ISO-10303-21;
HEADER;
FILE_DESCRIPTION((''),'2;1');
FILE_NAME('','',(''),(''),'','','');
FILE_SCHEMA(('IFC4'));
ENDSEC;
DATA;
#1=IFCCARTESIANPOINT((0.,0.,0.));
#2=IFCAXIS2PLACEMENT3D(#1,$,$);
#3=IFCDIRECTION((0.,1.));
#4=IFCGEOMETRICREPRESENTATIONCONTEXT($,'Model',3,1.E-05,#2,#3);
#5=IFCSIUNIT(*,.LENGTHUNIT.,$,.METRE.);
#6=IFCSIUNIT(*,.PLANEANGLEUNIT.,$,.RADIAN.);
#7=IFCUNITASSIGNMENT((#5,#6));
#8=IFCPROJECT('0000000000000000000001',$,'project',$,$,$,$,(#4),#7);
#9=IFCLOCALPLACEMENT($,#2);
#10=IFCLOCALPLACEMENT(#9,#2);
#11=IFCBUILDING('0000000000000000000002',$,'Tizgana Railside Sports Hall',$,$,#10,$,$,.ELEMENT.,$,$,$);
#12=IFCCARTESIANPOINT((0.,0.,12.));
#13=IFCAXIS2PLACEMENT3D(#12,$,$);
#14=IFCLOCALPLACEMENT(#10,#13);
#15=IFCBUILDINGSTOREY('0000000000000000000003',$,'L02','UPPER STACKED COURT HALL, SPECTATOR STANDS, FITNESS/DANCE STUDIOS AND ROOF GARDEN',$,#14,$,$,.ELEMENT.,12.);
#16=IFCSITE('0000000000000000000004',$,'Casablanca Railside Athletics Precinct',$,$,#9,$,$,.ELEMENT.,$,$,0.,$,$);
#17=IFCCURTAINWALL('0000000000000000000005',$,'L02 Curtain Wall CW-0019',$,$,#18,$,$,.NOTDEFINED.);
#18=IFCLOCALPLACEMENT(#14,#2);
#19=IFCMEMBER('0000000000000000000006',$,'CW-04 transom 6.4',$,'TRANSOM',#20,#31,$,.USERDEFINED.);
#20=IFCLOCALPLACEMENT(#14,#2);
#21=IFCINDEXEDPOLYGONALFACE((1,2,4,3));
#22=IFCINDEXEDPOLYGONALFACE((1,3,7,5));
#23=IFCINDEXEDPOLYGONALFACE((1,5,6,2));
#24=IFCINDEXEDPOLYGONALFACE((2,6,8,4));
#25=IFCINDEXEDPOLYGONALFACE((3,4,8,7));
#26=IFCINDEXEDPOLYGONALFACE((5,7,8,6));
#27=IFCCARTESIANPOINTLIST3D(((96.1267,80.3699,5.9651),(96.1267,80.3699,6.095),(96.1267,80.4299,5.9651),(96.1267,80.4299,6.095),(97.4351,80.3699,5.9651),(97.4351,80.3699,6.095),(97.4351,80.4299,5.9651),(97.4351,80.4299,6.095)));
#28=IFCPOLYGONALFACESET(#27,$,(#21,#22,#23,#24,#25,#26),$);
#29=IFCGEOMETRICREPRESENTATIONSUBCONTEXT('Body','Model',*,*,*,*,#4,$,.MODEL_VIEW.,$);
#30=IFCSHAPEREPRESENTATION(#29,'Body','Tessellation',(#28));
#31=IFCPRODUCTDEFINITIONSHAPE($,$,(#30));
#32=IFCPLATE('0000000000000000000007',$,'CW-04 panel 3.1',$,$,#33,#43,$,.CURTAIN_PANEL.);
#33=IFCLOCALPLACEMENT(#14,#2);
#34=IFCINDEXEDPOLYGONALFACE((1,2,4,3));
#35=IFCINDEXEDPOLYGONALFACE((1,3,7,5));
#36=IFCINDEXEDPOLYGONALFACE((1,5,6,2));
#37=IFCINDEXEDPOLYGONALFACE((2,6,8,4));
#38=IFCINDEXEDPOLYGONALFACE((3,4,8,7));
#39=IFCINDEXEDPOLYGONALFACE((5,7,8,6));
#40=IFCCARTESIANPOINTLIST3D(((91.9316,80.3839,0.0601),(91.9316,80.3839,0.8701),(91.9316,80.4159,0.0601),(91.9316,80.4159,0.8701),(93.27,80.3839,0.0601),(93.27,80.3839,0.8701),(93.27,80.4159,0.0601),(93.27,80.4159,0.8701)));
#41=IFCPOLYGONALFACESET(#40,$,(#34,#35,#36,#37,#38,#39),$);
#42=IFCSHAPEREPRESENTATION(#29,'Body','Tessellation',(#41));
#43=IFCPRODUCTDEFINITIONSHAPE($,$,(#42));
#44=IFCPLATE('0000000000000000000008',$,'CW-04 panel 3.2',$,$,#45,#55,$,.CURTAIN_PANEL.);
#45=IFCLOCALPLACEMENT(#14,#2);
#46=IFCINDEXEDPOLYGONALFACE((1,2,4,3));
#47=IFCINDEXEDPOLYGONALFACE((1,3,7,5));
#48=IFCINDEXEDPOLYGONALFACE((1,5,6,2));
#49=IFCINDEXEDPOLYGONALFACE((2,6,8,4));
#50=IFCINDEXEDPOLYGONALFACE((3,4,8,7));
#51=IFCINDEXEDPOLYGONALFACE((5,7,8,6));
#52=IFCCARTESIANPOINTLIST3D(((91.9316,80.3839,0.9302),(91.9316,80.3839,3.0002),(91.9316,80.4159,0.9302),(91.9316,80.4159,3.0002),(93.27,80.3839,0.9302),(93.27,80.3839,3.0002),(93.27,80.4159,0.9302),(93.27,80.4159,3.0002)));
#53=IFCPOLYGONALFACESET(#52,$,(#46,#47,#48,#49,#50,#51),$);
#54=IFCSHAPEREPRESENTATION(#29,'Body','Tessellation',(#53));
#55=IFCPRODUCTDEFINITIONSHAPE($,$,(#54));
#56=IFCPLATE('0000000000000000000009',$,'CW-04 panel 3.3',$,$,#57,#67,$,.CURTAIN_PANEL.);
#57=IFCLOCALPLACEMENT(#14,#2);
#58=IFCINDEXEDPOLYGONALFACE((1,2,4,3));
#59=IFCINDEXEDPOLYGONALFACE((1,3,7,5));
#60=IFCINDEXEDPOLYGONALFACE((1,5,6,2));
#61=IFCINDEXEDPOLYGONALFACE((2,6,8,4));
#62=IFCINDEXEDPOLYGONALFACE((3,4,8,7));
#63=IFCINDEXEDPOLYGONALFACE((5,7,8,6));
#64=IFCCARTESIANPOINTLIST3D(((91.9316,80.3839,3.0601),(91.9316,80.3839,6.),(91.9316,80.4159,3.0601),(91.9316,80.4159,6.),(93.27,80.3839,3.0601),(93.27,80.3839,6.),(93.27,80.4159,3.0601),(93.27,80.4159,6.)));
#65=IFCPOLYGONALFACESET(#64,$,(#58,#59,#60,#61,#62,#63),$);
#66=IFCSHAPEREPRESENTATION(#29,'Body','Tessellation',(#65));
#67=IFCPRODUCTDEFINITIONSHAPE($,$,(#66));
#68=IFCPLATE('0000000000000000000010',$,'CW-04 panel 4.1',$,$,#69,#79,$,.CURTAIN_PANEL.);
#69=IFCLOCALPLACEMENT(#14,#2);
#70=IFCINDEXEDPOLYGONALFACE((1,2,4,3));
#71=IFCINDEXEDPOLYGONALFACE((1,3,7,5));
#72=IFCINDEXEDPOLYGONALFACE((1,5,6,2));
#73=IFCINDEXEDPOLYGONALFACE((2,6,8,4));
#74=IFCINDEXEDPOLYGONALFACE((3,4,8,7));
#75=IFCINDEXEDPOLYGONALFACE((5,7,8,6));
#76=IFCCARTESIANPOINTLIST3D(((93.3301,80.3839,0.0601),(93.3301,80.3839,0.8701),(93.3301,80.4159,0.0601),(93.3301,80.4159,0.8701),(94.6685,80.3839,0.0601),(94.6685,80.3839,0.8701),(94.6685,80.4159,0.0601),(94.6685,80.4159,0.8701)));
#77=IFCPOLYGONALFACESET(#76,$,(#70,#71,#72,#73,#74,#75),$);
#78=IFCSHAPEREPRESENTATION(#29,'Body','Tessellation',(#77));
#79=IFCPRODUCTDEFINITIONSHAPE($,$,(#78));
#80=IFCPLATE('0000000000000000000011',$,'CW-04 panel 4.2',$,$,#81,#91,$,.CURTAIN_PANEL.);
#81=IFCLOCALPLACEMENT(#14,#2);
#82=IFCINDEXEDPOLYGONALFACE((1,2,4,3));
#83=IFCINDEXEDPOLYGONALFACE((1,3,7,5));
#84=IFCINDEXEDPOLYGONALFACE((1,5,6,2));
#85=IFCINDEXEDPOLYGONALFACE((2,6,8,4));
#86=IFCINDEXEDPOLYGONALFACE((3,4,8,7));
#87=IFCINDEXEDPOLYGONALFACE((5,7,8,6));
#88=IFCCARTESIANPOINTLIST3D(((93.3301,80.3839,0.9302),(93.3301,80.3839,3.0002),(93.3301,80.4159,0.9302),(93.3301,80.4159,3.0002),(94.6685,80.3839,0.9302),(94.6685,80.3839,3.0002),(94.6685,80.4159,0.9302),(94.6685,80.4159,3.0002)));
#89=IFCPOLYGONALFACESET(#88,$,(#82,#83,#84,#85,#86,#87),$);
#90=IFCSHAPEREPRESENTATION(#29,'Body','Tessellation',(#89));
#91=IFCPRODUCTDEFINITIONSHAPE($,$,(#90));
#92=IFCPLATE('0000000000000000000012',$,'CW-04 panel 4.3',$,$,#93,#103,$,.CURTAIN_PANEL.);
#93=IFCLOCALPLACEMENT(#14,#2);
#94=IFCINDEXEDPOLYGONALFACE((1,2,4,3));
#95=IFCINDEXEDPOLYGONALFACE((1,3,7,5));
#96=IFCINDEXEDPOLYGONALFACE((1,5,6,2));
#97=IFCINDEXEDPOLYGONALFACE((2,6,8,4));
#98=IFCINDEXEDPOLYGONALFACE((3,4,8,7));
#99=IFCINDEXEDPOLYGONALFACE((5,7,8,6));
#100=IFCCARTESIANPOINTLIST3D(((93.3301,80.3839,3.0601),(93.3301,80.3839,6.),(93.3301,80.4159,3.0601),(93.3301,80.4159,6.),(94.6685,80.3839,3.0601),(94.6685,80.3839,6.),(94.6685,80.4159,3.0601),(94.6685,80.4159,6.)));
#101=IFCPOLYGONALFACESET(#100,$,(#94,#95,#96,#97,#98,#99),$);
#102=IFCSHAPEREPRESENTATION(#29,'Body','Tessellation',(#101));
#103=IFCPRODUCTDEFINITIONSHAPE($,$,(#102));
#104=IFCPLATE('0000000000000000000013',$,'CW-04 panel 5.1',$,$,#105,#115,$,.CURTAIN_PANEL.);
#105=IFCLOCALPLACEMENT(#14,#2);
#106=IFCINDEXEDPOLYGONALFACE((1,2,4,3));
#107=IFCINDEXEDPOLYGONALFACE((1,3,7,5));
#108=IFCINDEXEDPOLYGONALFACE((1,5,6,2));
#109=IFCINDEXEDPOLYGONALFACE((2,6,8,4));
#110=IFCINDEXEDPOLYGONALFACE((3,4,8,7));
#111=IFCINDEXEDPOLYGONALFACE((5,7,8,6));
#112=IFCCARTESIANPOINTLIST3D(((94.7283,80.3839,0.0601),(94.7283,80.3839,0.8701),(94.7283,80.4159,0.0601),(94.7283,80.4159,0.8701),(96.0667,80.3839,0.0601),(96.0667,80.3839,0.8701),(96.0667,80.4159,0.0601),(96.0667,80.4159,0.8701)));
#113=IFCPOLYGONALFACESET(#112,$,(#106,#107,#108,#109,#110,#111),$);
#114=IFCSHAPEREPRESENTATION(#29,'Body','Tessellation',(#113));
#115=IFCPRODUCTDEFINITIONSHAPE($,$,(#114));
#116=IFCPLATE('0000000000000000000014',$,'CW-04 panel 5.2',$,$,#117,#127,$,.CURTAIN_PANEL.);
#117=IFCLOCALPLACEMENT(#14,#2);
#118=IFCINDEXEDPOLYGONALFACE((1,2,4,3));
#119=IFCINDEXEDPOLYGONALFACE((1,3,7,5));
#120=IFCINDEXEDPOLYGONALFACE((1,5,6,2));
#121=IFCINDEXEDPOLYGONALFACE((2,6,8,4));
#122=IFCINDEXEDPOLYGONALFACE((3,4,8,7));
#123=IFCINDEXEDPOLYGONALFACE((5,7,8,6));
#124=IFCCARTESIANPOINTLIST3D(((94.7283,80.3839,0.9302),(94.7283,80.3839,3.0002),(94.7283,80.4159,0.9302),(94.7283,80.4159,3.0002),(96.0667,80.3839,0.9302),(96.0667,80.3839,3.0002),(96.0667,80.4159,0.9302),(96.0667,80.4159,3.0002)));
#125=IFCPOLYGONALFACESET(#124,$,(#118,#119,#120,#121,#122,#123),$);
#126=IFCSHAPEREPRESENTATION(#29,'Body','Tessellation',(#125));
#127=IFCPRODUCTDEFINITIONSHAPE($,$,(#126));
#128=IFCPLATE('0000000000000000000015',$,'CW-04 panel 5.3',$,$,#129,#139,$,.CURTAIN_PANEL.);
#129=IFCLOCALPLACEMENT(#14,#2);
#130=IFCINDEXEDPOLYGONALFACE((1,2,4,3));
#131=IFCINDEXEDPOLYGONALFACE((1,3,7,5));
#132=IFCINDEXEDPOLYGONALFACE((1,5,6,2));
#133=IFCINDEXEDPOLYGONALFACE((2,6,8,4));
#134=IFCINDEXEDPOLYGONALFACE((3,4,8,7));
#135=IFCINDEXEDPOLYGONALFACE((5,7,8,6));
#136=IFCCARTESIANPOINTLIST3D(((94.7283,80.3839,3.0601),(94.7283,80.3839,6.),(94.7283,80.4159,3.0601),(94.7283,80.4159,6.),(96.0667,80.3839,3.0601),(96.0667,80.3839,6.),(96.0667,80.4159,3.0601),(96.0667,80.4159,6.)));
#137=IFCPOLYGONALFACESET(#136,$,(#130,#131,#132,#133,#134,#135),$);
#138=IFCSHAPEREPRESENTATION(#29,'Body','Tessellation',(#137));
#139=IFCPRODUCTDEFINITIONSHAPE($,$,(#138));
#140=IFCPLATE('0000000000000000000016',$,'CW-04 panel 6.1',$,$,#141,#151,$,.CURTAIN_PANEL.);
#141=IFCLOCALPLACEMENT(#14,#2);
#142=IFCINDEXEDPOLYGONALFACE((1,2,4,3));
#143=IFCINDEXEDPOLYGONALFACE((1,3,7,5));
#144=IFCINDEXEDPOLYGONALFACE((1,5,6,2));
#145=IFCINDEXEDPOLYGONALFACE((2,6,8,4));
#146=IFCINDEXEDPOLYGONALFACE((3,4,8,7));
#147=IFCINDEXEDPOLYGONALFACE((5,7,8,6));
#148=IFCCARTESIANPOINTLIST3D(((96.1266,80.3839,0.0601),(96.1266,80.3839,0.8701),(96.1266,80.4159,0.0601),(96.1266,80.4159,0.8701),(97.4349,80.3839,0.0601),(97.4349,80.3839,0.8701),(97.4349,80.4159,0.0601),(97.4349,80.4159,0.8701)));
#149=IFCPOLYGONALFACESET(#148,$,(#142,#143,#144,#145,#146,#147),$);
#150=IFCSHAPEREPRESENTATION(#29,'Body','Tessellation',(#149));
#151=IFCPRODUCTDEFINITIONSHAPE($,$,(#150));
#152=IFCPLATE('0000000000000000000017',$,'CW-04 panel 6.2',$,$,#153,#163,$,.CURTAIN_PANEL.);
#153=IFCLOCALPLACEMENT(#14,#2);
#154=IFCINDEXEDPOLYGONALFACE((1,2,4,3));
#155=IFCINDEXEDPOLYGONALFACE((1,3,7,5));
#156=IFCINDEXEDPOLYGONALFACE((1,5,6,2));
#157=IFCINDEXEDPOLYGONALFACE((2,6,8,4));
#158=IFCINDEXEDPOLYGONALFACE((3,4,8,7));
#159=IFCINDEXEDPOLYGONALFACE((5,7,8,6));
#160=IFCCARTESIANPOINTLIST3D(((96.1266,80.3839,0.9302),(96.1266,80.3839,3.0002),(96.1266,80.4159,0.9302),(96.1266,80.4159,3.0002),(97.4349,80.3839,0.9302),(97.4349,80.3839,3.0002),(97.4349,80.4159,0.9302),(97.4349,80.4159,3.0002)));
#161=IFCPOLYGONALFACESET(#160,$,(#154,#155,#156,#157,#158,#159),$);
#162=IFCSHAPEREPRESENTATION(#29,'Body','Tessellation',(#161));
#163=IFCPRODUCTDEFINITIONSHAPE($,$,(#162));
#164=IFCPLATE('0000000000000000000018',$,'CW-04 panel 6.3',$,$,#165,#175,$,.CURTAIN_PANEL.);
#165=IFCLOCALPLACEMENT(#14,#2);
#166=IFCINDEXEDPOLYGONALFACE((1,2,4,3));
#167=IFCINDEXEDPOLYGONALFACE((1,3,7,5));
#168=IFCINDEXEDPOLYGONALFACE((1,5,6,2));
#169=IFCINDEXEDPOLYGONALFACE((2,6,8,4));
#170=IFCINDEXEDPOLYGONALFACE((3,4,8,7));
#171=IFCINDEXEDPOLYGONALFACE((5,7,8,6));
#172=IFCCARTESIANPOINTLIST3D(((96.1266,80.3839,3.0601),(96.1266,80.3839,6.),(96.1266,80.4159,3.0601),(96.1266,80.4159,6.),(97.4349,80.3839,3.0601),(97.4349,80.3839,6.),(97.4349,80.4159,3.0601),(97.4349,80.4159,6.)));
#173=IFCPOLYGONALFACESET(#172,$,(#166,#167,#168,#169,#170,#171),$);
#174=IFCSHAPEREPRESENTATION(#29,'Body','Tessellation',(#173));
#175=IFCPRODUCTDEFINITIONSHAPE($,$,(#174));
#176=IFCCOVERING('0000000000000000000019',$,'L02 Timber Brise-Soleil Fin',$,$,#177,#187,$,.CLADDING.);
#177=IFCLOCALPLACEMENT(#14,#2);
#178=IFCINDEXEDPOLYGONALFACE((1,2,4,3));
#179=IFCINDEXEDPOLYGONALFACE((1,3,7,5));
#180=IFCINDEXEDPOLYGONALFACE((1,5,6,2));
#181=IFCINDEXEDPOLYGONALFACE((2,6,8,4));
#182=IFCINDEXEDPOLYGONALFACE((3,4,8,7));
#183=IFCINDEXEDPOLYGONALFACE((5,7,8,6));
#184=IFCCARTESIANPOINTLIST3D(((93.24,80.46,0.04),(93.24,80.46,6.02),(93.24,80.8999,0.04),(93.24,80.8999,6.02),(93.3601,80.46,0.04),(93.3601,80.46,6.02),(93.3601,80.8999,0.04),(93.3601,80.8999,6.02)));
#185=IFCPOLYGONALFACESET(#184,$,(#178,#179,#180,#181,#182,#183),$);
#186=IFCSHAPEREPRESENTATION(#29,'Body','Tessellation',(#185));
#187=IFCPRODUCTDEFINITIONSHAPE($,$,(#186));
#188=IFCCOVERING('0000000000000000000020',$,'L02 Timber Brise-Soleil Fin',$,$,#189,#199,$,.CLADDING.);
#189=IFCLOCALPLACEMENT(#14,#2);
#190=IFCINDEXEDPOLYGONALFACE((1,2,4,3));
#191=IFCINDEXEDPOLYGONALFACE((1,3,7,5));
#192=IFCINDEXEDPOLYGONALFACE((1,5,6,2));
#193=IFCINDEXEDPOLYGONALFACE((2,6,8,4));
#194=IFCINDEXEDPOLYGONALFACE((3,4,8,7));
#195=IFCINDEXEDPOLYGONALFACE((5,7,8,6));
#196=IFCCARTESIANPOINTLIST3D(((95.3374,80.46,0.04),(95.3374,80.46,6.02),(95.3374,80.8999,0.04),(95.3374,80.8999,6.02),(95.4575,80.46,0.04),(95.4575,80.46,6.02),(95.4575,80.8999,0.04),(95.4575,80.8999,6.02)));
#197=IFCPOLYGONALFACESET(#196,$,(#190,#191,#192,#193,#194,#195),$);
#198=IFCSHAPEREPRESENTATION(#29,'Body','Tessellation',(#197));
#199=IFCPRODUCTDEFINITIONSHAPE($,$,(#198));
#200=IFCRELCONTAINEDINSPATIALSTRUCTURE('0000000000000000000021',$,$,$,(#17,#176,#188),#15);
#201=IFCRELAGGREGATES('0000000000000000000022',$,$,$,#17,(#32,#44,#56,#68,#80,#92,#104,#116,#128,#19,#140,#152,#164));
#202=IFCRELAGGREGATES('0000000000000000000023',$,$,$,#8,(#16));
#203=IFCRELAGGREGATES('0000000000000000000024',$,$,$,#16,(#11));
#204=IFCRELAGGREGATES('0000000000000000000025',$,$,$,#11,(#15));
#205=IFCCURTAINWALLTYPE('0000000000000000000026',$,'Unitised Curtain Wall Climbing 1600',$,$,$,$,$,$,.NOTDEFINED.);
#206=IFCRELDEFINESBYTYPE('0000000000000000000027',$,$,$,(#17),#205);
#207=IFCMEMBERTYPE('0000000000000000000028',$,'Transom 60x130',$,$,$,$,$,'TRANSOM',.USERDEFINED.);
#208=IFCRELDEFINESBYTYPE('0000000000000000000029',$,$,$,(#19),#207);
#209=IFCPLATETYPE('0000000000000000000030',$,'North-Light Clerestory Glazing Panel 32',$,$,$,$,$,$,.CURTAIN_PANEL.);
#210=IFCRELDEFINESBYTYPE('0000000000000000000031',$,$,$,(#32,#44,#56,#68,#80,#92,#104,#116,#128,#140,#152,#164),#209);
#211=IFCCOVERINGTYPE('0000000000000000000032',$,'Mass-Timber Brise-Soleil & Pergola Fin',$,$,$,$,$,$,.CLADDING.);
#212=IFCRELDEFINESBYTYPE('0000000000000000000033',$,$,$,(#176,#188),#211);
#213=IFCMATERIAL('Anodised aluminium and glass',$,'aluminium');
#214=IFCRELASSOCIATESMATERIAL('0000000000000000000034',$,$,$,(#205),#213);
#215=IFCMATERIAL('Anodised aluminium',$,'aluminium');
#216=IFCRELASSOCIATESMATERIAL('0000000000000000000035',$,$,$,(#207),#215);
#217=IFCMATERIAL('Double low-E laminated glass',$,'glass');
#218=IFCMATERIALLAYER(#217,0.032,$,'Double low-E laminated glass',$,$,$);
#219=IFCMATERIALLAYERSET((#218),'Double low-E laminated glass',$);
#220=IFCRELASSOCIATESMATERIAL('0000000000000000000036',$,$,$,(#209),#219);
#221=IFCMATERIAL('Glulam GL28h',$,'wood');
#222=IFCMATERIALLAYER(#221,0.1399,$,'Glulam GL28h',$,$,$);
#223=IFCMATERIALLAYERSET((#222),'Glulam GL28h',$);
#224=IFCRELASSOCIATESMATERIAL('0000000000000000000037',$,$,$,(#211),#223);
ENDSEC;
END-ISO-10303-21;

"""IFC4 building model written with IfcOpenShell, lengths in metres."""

from ifc_helpers import new_model, si_unit, direction, frame, origin, origin_2d, place, context, subcontext, project, spatial, rectangle, extrude, material, layer, layer_set, material_profile, profile_set, type_object, element, aggregate, save


model = new_model("IFC4")

# Units and contexts
model_context = context("Model", 3, precision=1e-05, world=origin(), true_north=direction((0.0, 1.0)))
body_context = subcontext(model_context, "Body", "Model", "MODEL_VIEW")
ifc_project = project(units=[si_unit("LENGTHUNIT", "METRE"), si_unit("PLANEANGLEUNIT", "RADIAN")], contexts=[model_context])

# Site, building, storey
site_placement = place(None, origin())
site = spatial("IfcSite", under=ifc_project, at=site_placement, Name="Casablanca Railside Athletics Precinct", CompositionType="ELEMENT", RefElevation=0.0)
building_placement = place(site_placement, origin())
building = spatial("IfcBuilding", under=site, at=building_placement, Name="Tizgana Railside Sports Hall", CompositionType="ELEMENT")
storey_placement = place(building_placement, frame((0.0, 0.0, 12.0)))
storey = spatial("IfcBuildingStorey", under=building, at=storey_placement, Name="L02", Description="UPPER STACKED COURT HALL, SPECTATOR STANDS, FITNESS/DANCE STUDIOS AND ROOF GARDEN", CompositionType="ELEMENT", Elevation=12.0)

# Curtain wall, member, plates
ifc_material_1 = material(Name="Anodised aluminium and glass", Category="aluminium")
curtain_wall_type = type_object("IfcCurtainWallType", Name="Unitised Curtain Wall Climbing 1600", PredefinedType="NOTDEFINED", material=ifc_material_1)
curtain_wall_placement = place(storey_placement, origin())
curtain_wall = element("IfcCurtainWall", 1, at=curtain_wall_placement, inside=storey, type_object=curtain_wall_type, Name="L02 Curtain Wall CW-0019", PredefinedType="NOTDEFINED")
ifc_material_2 = material(Name="Anodised aluminium", Category="aluminium")
ifc_material_profile_1 = material_profile(ifc_material_2, rectangle(XDim=0.0601, YDim=0.1299, at=origin_2d()), Name="Transom 60x130")
ifc_profile_set_1 = profile_set([ifc_material_profile_1], Name="Anodised aluminium")
member_type_1 = type_object("IfcMemberType", Name="Transom 60x130", ElementType="TRANSOM", PredefinedType="USERDEFINED", material=ifc_profile_set_1)
member_1_placement = place(storey_placement, frame((96.1267, 80.3999, 6.03), z_axis=(1.0, 0.0, 0.0), x_axis=(0.0, 1.0, 0.0)))
member_1 = element("IfcMember", 2, at=member_1_placement, type_object=member_type_1, Name="CW-04 transom 6.4", ObjectType="TRANSOM", PredefinedType="USERDEFINED", context=body_context, shape_type="SweptSolid", body=[
    extrude(rectangle(XDim=0.0601, YDim=0.1299, at=origin_2d()), origin(), (0.0, 0.0, 1.0), 1.3083),
])
ifc_material_3 = material(Name="Double low-E laminated glass", Category="glass")
ifc_layer_1 = layer(ifc_material_3, 0.032, Name="Double low-E laminated glass")
ifc_layer_set_1 = layer_set([ifc_layer_1], Name="Double low-E laminated glass")
plate_type = type_object("IfcPlateType", Name="North-Light Clerestory Glazing Panel 32", PredefinedType="CURTAIN_PANEL", material=ifc_layer_set_1)
plate_1_placement = place(storey_placement, frame((92.6008, 80.3999, 0.0601), z_axis=(0.0, 0.0, 1.0), x_axis=(1.0, 0.0, 0.0)))
plate_1 = element("IfcPlate", 3, at=plate_1_placement, type_object=plate_type, Name="CW-04 panel 3.1", PredefinedType="CURTAIN_PANEL", context=body_context, shape_type="SweptSolid", body=[
    extrude(rectangle(XDim=1.3384, YDim=0.032, at=origin_2d()), origin(), (0.0, 0.0, 1.0), 0.8101),
])
plate_2_placement = place(storey_placement, frame((92.6008, 80.3999, 0.9302), z_axis=(0.0, 0.0, 1.0), x_axis=(1.0, 0.0, 0.0)))
plate_2 = element("IfcPlate", 4, at=plate_2_placement, type_object=plate_type, Name="CW-04 panel 3.2", PredefinedType="CURTAIN_PANEL", context=body_context, shape_type="SweptSolid", body=[
    extrude(rectangle(XDim=1.3384, YDim=0.032, at=origin_2d()), origin(), (0.0, 0.0, 1.0), 2.0701),
])
plate_3_placement = place(storey_placement, frame((92.6008, 80.3999, 3.0601), z_axis=(0.0, 0.0, 1.0), x_axis=(1.0, 0.0, 0.0)))
plate_3 = element("IfcPlate", 5, at=plate_3_placement, type_object=plate_type, Name="CW-04 panel 3.3", PredefinedType="CURTAIN_PANEL", context=body_context, shape_type="SweptSolid", body=[
    extrude(rectangle(XDim=1.3384, YDim=0.032, at=origin_2d()), origin(), (0.0, 0.0, 1.0), 2.9399),
])
plate_4_placement = place(storey_placement, frame((93.9993, 80.3999, 0.0601), z_axis=(0.0, 0.0, 1.0), x_axis=(1.0, 0.0, 0.0)))
plate_4 = element("IfcPlate", 6, at=plate_4_placement, type_object=plate_type, Name="CW-04 panel 4.1", PredefinedType="CURTAIN_PANEL", context=body_context, shape_type="SweptSolid", body=[
    extrude(rectangle(XDim=1.3384, YDim=0.032, at=origin_2d()), origin(), (0.0, 0.0, 1.0), 0.8101),
])
plate_5_placement = place(storey_placement, frame((93.9993, 80.3999, 0.9302), z_axis=(0.0, 0.0, 1.0), x_axis=(1.0, 0.0, 0.0)))
plate_5 = element("IfcPlate", 7, at=plate_5_placement, type_object=plate_type, Name="CW-04 panel 4.2", PredefinedType="CURTAIN_PANEL", context=body_context, shape_type="SweptSolid", body=[
    extrude(rectangle(XDim=1.3384, YDim=0.032, at=origin_2d()), origin(), (0.0, 0.0, 1.0), 2.0701),
])
plate_6_placement = place(storey_placement, frame((93.9993, 80.3999, 3.0601), z_axis=(0.0, 0.0, 1.0), x_axis=(1.0, 0.0, 0.0)))
plate_6 = element("IfcPlate", 8, at=plate_6_placement, type_object=plate_type, Name="CW-04 panel 4.3", PredefinedType="CURTAIN_PANEL", context=body_context, shape_type="SweptSolid", body=[
    extrude(rectangle(XDim=1.3384, YDim=0.032, at=origin_2d()), origin(), (0.0, 0.0, 1.0), 2.9399),
])
plate_7_placement = place(storey_placement, frame((95.3975, 80.3999, 0.0601), z_axis=(0.0, 0.0, 1.0), x_axis=(1.0, 0.0, 0.0)))
plate_7 = element("IfcPlate", 9, at=plate_7_placement, type_object=plate_type, Name="CW-04 panel 5.1", PredefinedType="CURTAIN_PANEL", context=body_context, shape_type="SweptSolid", body=[
    extrude(rectangle(XDim=1.3384, YDim=0.032, at=origin_2d()), origin(), (0.0, 0.0, 1.0), 0.8101),
])
plate_8_placement = place(storey_placement, frame((95.3975, 80.3999, 0.9302), z_axis=(0.0, 0.0, 1.0), x_axis=(1.0, 0.0, 0.0)))
plate_8 = element("IfcPlate", 10, at=plate_8_placement, type_object=plate_type, Name="CW-04 panel 5.2", PredefinedType="CURTAIN_PANEL", context=body_context, shape_type="SweptSolid", body=[
    extrude(rectangle(XDim=1.3384, YDim=0.032, at=origin_2d()), origin(), (0.0, 0.0, 1.0), 2.0701),
])
plate_9_placement = place(storey_placement, frame((95.3975, 80.3999, 3.0601), z_axis=(0.0, 0.0, 1.0), x_axis=(1.0, 0.0, 0.0)))
plate_9 = element("IfcPlate", 11, at=plate_9_placement, type_object=plate_type, Name="CW-04 panel 5.3", PredefinedType="CURTAIN_PANEL", context=body_context, shape_type="SweptSolid", body=[
    extrude(rectangle(XDim=1.3384, YDim=0.032, at=origin_2d()), origin(), (0.0, 0.0, 1.0), 2.9399),
])
plate_10_placement = place(storey_placement, frame((96.7808, 80.3999, 0.0601), z_axis=(0.0, 0.0, 1.0), x_axis=(1.0, 0.0, 0.0)))
plate_10 = element("IfcPlate", 12, at=plate_10_placement, type_object=plate_type, Name="CW-04 panel 6.1", PredefinedType="CURTAIN_PANEL", context=body_context, shape_type="SweptSolid", body=[
    extrude(rectangle(XDim=1.3083, YDim=0.032, at=origin_2d()), origin(), (0.0, 0.0, 1.0), 0.8101),
])
plate_11_placement = place(storey_placement, frame((96.7808, 80.3999, 0.9302), z_axis=(0.0, 0.0, 1.0), x_axis=(1.0, 0.0, 0.0)))
plate_11 = element("IfcPlate", 13, at=plate_11_placement, type_object=plate_type, Name="CW-04 panel 6.2", PredefinedType="CURTAIN_PANEL", context=body_context, shape_type="SweptSolid", body=[
    extrude(rectangle(XDim=1.3083, YDim=0.032, at=origin_2d()), origin(), (0.0, 0.0, 1.0), 2.0701),
])
plate_12_placement = place(storey_placement, frame((96.7808, 80.3999, 3.0601), z_axis=(0.0, 0.0, 1.0), x_axis=(1.0, 0.0, 0.0)))
plate_12 = element("IfcPlate", 14, at=plate_12_placement, type_object=plate_type, Name="CW-04 panel 6.3", PredefinedType="CURTAIN_PANEL", context=body_context, shape_type="SweptSolid", body=[
    extrude(rectangle(XDim=1.3083, YDim=0.032, at=origin_2d()), origin(), (0.0, 0.0, 1.0), 2.9399),
])
aggregate(curtain_wall, [plate_1, plate_2, plate_3, plate_4, plate_5, plate_6, plate_7, plate_8, plate_9, member_1, plate_10, plate_11, plate_12])

# Coverings
ifc_material_4 = material(Name="Glulam GL28h", Category="wood")
ifc_layer_2 = layer(ifc_material_4, 0.1399, Name="Glulam GL28h")
ifc_layer_set_2 = layer_set([ifc_layer_2], Name="Glulam GL28h")
covering_type_1 = type_object("IfcCoveringType", Name="Mass-Timber Brise-Soleil & Pergola Fin", PredefinedType="CLADDING", material=ifc_layer_set_2)
for number, where, z_axis, x_axis, name in (
    (15, (93.3, 80.6799, 0.04), (0.0, 0.0, 1.0), (1.0, 0.0, 0.0), "L02 Timber Brise-Soleil Fin"),
    (16, (95.3975, 80.6799, 0.04), (0.0, 0.0, 1.0), (1.0, 0.0, 0.0), "L02 Timber Brise-Soleil Fin"),
):
    element("IfcCovering", number, at=place(storey_placement, frame(where, z_axis=z_axis, x_axis=x_axis)), inside=storey, type_object=covering_type_1, Name=name, PredefinedType="CLADDING", context=body_context, shape_type="SweptSolid", body=[
        extrude(rectangle(XDim=0.1201, YDim=0.4399, at=origin_2d()), origin(), (0.0, 0.0, 1.0), 5.98),
    ])

save(model, "model.ifc")
